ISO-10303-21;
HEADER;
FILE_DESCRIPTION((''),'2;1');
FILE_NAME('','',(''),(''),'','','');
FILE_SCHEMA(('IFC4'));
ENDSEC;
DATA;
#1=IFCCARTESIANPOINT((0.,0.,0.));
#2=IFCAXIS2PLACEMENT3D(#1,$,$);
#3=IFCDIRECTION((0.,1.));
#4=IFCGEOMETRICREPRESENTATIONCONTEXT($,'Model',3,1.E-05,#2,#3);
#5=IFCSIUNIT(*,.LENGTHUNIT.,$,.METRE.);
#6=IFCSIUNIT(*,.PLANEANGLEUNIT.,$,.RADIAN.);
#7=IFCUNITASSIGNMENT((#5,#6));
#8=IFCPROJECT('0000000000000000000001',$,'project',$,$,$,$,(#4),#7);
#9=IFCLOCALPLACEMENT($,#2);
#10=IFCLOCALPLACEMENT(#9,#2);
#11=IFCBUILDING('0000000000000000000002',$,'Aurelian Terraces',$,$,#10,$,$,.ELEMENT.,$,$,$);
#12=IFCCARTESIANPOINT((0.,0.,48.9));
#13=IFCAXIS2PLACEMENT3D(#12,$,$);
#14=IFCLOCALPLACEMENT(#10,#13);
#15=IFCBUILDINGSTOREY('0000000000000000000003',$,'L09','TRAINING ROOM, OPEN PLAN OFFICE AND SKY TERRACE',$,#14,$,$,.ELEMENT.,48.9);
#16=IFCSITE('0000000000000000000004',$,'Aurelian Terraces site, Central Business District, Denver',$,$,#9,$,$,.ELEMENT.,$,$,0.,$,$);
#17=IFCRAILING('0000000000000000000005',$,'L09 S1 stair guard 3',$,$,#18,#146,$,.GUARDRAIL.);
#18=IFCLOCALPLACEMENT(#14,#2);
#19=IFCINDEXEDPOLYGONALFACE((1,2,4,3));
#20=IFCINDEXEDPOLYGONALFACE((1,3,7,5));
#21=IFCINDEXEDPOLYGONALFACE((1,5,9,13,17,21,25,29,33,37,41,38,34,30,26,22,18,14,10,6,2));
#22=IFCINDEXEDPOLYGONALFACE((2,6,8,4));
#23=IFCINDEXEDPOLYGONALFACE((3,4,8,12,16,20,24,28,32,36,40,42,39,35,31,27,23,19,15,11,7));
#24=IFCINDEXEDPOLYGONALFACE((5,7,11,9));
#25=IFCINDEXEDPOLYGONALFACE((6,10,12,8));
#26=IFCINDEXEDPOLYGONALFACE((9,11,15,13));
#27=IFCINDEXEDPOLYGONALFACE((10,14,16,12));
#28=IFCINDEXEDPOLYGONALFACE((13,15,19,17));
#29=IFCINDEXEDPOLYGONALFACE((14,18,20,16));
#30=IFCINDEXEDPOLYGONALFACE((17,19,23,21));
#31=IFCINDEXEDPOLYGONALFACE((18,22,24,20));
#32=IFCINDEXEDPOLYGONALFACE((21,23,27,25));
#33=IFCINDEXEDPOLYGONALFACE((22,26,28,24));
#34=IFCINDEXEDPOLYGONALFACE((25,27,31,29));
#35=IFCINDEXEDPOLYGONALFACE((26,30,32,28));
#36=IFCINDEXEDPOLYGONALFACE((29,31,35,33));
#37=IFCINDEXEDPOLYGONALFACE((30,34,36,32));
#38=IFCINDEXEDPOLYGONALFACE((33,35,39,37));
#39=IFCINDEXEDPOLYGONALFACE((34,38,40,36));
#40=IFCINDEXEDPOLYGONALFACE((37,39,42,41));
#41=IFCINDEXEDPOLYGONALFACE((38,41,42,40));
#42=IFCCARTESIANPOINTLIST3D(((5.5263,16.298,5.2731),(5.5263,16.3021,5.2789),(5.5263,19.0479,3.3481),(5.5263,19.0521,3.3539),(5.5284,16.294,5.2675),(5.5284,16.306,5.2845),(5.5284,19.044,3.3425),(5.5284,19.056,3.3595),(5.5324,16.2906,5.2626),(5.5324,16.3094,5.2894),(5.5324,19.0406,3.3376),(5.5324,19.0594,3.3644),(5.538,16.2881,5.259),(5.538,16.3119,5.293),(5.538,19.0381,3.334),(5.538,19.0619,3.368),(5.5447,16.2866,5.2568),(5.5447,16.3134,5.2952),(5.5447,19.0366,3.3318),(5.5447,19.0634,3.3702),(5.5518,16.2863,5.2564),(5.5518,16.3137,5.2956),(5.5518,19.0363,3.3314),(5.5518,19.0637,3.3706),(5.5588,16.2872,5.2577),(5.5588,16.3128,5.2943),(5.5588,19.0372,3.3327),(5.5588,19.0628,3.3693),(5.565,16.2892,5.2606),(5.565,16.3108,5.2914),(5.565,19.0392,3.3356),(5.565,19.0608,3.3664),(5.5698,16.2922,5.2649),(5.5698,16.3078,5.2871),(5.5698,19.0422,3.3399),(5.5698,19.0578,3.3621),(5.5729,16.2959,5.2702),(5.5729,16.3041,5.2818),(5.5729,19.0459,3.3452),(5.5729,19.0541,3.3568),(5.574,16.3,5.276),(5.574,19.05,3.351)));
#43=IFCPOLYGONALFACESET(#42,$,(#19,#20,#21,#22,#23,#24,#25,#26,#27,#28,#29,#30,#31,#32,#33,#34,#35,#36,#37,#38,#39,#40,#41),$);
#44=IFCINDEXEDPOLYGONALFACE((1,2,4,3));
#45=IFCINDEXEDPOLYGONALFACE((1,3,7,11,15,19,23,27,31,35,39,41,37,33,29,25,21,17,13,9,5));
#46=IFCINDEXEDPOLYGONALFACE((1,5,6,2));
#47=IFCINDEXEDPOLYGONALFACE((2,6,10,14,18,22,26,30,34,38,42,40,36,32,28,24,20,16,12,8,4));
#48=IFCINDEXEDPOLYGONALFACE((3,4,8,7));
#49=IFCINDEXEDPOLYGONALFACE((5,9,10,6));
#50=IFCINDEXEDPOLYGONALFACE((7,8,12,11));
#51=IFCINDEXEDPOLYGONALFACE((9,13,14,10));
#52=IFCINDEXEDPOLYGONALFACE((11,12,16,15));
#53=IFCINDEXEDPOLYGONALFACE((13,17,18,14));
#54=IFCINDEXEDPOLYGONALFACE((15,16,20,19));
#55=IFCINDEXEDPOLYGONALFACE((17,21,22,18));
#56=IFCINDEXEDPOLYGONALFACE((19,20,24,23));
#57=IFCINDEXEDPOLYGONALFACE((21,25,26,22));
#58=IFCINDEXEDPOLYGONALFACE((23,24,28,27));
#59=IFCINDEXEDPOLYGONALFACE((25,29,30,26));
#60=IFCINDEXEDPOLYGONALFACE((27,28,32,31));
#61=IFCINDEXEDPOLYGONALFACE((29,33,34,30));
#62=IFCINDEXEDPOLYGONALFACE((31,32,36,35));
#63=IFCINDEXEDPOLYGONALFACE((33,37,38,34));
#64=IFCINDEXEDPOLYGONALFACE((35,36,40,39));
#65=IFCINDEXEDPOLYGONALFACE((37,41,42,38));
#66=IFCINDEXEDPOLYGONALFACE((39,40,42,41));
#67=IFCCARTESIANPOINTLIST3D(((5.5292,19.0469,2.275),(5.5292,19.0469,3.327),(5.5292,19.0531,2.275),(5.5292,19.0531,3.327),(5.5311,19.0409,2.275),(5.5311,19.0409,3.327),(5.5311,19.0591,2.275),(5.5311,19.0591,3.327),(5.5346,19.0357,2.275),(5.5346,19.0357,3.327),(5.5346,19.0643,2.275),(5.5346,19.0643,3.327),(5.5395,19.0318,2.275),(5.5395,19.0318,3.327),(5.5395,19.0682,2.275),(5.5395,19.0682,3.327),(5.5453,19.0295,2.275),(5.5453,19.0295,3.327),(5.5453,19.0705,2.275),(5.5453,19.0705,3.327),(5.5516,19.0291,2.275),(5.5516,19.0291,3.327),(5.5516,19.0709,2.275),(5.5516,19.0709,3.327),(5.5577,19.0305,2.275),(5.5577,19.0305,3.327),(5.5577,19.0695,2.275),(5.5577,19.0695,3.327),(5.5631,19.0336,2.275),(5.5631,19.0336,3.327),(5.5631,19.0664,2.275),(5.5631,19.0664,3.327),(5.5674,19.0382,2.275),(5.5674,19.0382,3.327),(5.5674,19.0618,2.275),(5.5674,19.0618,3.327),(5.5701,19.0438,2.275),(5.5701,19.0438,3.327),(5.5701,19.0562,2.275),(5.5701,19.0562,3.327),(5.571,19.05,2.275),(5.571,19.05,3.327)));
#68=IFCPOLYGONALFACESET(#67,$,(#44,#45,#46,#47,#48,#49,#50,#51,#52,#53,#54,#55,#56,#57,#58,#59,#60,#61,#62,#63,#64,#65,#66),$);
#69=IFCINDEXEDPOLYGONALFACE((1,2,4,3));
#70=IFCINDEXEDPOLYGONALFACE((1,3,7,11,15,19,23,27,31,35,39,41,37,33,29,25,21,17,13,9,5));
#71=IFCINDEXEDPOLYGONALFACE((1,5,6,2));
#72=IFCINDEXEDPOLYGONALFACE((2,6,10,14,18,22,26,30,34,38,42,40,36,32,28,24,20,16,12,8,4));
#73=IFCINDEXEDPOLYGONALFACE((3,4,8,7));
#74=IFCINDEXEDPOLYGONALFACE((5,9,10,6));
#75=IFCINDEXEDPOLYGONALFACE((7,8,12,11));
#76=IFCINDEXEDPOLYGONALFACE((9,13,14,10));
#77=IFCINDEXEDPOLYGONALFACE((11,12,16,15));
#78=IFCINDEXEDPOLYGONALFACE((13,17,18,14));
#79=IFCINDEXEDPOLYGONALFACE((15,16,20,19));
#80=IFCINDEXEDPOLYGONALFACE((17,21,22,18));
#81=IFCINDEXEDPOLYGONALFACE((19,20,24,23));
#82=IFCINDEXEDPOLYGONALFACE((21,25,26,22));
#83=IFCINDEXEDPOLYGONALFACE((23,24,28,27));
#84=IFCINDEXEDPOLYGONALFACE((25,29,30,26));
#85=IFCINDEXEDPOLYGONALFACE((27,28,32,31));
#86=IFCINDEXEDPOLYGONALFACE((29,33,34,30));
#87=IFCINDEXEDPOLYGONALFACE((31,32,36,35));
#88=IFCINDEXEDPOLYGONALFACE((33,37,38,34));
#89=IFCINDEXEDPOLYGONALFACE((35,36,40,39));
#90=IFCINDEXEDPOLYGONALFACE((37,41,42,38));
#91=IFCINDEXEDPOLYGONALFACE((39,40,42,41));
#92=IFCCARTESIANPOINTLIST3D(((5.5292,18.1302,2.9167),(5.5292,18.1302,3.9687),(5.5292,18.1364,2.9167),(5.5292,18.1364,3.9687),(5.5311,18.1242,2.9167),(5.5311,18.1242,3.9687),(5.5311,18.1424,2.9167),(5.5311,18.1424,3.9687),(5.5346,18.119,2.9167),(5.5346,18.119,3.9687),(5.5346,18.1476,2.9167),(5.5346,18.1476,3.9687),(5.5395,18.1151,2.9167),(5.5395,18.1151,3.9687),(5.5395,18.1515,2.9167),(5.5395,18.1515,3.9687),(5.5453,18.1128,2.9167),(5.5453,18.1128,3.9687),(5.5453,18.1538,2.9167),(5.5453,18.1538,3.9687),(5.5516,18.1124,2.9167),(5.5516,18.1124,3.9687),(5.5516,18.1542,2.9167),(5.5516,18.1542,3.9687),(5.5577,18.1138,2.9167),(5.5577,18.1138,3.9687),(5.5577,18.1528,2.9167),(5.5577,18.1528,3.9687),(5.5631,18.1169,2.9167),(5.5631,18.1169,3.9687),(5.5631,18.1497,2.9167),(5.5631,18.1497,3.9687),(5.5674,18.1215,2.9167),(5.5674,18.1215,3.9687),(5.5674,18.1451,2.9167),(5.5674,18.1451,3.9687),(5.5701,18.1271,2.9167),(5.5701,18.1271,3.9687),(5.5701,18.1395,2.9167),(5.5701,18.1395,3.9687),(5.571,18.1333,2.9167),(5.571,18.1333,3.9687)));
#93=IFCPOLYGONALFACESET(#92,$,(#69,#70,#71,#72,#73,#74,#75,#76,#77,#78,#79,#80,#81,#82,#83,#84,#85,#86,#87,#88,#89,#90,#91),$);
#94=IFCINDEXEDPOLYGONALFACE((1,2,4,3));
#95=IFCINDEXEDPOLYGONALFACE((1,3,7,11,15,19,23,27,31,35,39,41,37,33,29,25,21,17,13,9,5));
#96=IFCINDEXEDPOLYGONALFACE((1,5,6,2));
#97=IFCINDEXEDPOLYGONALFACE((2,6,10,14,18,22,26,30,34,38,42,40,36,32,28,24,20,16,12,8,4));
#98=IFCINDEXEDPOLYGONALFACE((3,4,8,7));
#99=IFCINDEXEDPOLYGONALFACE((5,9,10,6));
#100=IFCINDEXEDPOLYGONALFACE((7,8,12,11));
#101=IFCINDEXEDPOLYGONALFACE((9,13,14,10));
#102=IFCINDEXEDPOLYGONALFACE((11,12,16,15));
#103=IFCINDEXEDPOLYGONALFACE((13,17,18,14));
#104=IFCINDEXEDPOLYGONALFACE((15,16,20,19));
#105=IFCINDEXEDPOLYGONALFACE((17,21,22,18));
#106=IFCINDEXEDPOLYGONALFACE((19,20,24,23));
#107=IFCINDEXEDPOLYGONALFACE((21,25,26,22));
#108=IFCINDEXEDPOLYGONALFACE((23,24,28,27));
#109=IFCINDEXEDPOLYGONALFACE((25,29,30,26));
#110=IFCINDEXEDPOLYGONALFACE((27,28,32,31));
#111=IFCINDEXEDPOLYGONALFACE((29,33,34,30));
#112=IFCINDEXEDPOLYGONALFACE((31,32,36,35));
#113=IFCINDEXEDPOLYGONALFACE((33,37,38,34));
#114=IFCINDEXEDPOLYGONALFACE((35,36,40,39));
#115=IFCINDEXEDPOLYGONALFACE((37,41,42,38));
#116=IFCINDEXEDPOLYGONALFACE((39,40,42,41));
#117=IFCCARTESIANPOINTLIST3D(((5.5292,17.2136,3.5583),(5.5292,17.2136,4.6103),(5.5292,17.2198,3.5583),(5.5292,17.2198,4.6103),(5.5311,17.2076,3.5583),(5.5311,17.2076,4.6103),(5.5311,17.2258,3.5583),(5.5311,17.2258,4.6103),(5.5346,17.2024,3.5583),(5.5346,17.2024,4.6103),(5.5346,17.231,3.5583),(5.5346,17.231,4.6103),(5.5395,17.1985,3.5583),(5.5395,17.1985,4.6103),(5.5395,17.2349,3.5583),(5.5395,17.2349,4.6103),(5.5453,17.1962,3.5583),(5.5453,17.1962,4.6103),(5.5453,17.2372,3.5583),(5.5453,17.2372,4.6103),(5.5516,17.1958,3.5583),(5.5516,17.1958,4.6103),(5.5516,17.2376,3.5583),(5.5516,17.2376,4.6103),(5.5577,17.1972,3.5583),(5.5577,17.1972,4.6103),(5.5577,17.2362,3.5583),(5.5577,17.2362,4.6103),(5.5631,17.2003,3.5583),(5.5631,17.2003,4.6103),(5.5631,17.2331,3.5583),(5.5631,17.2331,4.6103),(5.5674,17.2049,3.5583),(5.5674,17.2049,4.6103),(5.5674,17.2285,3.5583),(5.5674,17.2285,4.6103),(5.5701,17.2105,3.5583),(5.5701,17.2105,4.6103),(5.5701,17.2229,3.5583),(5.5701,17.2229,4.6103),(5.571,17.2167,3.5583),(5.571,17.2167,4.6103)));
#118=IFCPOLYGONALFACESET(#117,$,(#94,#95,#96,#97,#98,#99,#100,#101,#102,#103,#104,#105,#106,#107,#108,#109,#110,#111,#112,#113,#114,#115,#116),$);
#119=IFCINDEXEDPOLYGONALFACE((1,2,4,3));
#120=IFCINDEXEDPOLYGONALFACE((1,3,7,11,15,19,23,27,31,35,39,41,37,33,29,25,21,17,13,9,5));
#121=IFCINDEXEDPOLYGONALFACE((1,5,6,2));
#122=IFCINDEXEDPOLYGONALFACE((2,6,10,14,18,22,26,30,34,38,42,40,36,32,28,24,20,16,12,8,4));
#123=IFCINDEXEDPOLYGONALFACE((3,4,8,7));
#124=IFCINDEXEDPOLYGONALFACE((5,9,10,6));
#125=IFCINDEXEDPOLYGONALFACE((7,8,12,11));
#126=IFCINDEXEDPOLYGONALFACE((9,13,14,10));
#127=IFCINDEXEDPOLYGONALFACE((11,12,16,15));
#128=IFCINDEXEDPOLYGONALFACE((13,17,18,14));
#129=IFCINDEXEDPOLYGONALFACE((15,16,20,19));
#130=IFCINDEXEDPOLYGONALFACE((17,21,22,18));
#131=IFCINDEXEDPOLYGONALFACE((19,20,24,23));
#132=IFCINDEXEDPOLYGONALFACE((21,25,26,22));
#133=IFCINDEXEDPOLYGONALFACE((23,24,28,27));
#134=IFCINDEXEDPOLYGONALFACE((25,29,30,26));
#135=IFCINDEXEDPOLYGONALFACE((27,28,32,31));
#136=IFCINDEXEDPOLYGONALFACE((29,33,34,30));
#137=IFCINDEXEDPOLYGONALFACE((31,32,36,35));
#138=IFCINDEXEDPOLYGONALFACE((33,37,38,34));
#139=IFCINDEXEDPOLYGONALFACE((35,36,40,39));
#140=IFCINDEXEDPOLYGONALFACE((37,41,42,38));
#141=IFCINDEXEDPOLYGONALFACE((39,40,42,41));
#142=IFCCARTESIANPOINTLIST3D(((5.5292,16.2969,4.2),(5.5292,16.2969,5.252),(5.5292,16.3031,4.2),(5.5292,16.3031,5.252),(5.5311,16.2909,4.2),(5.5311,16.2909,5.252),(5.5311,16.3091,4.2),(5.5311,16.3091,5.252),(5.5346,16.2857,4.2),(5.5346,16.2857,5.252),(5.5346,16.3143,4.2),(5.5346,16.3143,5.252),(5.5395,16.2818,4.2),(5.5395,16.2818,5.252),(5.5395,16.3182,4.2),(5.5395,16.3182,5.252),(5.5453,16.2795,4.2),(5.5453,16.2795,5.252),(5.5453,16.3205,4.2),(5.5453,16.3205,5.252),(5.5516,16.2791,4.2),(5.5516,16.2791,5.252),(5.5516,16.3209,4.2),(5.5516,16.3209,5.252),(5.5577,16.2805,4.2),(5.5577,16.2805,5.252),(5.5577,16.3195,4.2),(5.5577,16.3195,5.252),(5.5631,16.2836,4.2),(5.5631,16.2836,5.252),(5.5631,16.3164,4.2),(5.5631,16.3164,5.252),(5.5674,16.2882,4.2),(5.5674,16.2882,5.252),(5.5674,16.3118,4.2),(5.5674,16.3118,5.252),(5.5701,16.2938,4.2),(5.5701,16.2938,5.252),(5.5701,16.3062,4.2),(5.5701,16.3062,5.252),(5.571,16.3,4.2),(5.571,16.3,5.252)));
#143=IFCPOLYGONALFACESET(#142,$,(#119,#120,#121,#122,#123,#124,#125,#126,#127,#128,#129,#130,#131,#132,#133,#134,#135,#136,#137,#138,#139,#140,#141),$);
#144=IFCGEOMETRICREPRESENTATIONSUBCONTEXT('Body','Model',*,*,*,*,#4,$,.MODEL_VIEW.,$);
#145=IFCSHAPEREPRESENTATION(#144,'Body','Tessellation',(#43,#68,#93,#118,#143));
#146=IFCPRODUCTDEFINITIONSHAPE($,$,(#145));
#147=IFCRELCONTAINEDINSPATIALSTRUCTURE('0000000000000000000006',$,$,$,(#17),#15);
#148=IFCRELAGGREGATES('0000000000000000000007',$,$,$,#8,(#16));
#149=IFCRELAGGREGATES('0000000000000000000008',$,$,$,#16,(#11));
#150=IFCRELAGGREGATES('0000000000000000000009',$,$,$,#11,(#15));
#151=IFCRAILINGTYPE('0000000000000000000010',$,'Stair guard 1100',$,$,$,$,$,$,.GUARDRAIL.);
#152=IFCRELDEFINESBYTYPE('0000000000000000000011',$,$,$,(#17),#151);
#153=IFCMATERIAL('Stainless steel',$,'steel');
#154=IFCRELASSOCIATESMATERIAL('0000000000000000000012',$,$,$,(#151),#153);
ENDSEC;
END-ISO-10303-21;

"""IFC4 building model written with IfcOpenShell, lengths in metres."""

from ifc_helpers import new_model, si_unit, direction, frame, origin, origin_2d, place, context, subcontext, project, spatial, circle, extrude, source, transform, mapped, material, type_object, element, save


model = new_model("IFC4")

# Units and contexts
model_context = context("Model", 3, precision=1e-05, world=origin(), true_north=direction((0.0, 1.0)))
body_context = subcontext(model_context, "Body", "Model", "MODEL_VIEW")
ifc_project = project(units=[si_unit("LENGTHUNIT", "METRE"), si_unit("PLANEANGLEUNIT", "RADIAN")], contexts=[model_context])

# Site, building, storey
site_placement = place(None, origin())
site = spatial("IfcSite", under=ifc_project, at=site_placement, Name="Aurelian Terraces site, Central Business District, Denver", CompositionType="ELEMENT", RefElevation=0.0)
building_placement = place(site_placement, origin())
building = spatial("IfcBuilding", under=site, at=building_placement, Name="Aurelian Terraces", CompositionType="ELEMENT")
storey_placement = place(building_placement, frame((0.0, 0.0, 48.9)))
storey = spatial("IfcBuildingStorey", under=building, at=storey_placement, Name="L09", Description="TRAINING ROOM, OPEN PLAN OFFICE AND SKY TERRACE", CompositionType="ELEMENT", Elevation=48.9)

# Railing
ifc_material_1 = material(Name="Stainless steel", Category="steel")
railing_type_1 = type_object("IfcRailingType", Name="Stair guard 1100", PredefinedType="GUARDRAIL", material=ifc_material_1)
shared_shape_1 = source(origin(), body_context, "Body", "SweptSolid", [
    extrude(circle(Radius=0.024, at=origin_2d()), frame((0.0, 0.0, 1.076), z_axis=(0.0, -0.819232, 0.573462), x_axis=(1.0, 0.0, 0.0)), (0.0, 0.0, 1.0), 3.3568),
    extrude(circle(Radius=0.021, at=origin_2d()), origin(), (0.0, 0.0, 1.0), 1.052),
    extrude(circle(Radius=0.021, at=origin_2d()), frame((0.0, -0.9167, 0.6417)), (0.0, 0.0, 1.0), 1.052),
    extrude(circle(Radius=0.021, at=origin_2d()), frame((0.0, -1.8333, 1.2833)), (0.0, 0.0, 1.0), 1.052),
    extrude(circle(Radius=0.021, at=origin_2d()), frame((0.0, -2.75, 1.925)), (0.0, 0.0, 1.0), 1.052),
])
railing_1_placement = place(storey_placement, frame((5.55, 19.05, 2.275)))
element("IfcRailing", 1, at=railing_1_placement, inside=storey, type_object=railing_type_1, Name="L09 S1 stair guard 3", PredefinedType="GUARDRAIL", context=body_context, shape_type="MappedRepresentation", body=[
    mapped(shared_shape_1, transform((0.0, 0.0, 0.0), scale=1.0)),
])

save(model, "model.ifc")
